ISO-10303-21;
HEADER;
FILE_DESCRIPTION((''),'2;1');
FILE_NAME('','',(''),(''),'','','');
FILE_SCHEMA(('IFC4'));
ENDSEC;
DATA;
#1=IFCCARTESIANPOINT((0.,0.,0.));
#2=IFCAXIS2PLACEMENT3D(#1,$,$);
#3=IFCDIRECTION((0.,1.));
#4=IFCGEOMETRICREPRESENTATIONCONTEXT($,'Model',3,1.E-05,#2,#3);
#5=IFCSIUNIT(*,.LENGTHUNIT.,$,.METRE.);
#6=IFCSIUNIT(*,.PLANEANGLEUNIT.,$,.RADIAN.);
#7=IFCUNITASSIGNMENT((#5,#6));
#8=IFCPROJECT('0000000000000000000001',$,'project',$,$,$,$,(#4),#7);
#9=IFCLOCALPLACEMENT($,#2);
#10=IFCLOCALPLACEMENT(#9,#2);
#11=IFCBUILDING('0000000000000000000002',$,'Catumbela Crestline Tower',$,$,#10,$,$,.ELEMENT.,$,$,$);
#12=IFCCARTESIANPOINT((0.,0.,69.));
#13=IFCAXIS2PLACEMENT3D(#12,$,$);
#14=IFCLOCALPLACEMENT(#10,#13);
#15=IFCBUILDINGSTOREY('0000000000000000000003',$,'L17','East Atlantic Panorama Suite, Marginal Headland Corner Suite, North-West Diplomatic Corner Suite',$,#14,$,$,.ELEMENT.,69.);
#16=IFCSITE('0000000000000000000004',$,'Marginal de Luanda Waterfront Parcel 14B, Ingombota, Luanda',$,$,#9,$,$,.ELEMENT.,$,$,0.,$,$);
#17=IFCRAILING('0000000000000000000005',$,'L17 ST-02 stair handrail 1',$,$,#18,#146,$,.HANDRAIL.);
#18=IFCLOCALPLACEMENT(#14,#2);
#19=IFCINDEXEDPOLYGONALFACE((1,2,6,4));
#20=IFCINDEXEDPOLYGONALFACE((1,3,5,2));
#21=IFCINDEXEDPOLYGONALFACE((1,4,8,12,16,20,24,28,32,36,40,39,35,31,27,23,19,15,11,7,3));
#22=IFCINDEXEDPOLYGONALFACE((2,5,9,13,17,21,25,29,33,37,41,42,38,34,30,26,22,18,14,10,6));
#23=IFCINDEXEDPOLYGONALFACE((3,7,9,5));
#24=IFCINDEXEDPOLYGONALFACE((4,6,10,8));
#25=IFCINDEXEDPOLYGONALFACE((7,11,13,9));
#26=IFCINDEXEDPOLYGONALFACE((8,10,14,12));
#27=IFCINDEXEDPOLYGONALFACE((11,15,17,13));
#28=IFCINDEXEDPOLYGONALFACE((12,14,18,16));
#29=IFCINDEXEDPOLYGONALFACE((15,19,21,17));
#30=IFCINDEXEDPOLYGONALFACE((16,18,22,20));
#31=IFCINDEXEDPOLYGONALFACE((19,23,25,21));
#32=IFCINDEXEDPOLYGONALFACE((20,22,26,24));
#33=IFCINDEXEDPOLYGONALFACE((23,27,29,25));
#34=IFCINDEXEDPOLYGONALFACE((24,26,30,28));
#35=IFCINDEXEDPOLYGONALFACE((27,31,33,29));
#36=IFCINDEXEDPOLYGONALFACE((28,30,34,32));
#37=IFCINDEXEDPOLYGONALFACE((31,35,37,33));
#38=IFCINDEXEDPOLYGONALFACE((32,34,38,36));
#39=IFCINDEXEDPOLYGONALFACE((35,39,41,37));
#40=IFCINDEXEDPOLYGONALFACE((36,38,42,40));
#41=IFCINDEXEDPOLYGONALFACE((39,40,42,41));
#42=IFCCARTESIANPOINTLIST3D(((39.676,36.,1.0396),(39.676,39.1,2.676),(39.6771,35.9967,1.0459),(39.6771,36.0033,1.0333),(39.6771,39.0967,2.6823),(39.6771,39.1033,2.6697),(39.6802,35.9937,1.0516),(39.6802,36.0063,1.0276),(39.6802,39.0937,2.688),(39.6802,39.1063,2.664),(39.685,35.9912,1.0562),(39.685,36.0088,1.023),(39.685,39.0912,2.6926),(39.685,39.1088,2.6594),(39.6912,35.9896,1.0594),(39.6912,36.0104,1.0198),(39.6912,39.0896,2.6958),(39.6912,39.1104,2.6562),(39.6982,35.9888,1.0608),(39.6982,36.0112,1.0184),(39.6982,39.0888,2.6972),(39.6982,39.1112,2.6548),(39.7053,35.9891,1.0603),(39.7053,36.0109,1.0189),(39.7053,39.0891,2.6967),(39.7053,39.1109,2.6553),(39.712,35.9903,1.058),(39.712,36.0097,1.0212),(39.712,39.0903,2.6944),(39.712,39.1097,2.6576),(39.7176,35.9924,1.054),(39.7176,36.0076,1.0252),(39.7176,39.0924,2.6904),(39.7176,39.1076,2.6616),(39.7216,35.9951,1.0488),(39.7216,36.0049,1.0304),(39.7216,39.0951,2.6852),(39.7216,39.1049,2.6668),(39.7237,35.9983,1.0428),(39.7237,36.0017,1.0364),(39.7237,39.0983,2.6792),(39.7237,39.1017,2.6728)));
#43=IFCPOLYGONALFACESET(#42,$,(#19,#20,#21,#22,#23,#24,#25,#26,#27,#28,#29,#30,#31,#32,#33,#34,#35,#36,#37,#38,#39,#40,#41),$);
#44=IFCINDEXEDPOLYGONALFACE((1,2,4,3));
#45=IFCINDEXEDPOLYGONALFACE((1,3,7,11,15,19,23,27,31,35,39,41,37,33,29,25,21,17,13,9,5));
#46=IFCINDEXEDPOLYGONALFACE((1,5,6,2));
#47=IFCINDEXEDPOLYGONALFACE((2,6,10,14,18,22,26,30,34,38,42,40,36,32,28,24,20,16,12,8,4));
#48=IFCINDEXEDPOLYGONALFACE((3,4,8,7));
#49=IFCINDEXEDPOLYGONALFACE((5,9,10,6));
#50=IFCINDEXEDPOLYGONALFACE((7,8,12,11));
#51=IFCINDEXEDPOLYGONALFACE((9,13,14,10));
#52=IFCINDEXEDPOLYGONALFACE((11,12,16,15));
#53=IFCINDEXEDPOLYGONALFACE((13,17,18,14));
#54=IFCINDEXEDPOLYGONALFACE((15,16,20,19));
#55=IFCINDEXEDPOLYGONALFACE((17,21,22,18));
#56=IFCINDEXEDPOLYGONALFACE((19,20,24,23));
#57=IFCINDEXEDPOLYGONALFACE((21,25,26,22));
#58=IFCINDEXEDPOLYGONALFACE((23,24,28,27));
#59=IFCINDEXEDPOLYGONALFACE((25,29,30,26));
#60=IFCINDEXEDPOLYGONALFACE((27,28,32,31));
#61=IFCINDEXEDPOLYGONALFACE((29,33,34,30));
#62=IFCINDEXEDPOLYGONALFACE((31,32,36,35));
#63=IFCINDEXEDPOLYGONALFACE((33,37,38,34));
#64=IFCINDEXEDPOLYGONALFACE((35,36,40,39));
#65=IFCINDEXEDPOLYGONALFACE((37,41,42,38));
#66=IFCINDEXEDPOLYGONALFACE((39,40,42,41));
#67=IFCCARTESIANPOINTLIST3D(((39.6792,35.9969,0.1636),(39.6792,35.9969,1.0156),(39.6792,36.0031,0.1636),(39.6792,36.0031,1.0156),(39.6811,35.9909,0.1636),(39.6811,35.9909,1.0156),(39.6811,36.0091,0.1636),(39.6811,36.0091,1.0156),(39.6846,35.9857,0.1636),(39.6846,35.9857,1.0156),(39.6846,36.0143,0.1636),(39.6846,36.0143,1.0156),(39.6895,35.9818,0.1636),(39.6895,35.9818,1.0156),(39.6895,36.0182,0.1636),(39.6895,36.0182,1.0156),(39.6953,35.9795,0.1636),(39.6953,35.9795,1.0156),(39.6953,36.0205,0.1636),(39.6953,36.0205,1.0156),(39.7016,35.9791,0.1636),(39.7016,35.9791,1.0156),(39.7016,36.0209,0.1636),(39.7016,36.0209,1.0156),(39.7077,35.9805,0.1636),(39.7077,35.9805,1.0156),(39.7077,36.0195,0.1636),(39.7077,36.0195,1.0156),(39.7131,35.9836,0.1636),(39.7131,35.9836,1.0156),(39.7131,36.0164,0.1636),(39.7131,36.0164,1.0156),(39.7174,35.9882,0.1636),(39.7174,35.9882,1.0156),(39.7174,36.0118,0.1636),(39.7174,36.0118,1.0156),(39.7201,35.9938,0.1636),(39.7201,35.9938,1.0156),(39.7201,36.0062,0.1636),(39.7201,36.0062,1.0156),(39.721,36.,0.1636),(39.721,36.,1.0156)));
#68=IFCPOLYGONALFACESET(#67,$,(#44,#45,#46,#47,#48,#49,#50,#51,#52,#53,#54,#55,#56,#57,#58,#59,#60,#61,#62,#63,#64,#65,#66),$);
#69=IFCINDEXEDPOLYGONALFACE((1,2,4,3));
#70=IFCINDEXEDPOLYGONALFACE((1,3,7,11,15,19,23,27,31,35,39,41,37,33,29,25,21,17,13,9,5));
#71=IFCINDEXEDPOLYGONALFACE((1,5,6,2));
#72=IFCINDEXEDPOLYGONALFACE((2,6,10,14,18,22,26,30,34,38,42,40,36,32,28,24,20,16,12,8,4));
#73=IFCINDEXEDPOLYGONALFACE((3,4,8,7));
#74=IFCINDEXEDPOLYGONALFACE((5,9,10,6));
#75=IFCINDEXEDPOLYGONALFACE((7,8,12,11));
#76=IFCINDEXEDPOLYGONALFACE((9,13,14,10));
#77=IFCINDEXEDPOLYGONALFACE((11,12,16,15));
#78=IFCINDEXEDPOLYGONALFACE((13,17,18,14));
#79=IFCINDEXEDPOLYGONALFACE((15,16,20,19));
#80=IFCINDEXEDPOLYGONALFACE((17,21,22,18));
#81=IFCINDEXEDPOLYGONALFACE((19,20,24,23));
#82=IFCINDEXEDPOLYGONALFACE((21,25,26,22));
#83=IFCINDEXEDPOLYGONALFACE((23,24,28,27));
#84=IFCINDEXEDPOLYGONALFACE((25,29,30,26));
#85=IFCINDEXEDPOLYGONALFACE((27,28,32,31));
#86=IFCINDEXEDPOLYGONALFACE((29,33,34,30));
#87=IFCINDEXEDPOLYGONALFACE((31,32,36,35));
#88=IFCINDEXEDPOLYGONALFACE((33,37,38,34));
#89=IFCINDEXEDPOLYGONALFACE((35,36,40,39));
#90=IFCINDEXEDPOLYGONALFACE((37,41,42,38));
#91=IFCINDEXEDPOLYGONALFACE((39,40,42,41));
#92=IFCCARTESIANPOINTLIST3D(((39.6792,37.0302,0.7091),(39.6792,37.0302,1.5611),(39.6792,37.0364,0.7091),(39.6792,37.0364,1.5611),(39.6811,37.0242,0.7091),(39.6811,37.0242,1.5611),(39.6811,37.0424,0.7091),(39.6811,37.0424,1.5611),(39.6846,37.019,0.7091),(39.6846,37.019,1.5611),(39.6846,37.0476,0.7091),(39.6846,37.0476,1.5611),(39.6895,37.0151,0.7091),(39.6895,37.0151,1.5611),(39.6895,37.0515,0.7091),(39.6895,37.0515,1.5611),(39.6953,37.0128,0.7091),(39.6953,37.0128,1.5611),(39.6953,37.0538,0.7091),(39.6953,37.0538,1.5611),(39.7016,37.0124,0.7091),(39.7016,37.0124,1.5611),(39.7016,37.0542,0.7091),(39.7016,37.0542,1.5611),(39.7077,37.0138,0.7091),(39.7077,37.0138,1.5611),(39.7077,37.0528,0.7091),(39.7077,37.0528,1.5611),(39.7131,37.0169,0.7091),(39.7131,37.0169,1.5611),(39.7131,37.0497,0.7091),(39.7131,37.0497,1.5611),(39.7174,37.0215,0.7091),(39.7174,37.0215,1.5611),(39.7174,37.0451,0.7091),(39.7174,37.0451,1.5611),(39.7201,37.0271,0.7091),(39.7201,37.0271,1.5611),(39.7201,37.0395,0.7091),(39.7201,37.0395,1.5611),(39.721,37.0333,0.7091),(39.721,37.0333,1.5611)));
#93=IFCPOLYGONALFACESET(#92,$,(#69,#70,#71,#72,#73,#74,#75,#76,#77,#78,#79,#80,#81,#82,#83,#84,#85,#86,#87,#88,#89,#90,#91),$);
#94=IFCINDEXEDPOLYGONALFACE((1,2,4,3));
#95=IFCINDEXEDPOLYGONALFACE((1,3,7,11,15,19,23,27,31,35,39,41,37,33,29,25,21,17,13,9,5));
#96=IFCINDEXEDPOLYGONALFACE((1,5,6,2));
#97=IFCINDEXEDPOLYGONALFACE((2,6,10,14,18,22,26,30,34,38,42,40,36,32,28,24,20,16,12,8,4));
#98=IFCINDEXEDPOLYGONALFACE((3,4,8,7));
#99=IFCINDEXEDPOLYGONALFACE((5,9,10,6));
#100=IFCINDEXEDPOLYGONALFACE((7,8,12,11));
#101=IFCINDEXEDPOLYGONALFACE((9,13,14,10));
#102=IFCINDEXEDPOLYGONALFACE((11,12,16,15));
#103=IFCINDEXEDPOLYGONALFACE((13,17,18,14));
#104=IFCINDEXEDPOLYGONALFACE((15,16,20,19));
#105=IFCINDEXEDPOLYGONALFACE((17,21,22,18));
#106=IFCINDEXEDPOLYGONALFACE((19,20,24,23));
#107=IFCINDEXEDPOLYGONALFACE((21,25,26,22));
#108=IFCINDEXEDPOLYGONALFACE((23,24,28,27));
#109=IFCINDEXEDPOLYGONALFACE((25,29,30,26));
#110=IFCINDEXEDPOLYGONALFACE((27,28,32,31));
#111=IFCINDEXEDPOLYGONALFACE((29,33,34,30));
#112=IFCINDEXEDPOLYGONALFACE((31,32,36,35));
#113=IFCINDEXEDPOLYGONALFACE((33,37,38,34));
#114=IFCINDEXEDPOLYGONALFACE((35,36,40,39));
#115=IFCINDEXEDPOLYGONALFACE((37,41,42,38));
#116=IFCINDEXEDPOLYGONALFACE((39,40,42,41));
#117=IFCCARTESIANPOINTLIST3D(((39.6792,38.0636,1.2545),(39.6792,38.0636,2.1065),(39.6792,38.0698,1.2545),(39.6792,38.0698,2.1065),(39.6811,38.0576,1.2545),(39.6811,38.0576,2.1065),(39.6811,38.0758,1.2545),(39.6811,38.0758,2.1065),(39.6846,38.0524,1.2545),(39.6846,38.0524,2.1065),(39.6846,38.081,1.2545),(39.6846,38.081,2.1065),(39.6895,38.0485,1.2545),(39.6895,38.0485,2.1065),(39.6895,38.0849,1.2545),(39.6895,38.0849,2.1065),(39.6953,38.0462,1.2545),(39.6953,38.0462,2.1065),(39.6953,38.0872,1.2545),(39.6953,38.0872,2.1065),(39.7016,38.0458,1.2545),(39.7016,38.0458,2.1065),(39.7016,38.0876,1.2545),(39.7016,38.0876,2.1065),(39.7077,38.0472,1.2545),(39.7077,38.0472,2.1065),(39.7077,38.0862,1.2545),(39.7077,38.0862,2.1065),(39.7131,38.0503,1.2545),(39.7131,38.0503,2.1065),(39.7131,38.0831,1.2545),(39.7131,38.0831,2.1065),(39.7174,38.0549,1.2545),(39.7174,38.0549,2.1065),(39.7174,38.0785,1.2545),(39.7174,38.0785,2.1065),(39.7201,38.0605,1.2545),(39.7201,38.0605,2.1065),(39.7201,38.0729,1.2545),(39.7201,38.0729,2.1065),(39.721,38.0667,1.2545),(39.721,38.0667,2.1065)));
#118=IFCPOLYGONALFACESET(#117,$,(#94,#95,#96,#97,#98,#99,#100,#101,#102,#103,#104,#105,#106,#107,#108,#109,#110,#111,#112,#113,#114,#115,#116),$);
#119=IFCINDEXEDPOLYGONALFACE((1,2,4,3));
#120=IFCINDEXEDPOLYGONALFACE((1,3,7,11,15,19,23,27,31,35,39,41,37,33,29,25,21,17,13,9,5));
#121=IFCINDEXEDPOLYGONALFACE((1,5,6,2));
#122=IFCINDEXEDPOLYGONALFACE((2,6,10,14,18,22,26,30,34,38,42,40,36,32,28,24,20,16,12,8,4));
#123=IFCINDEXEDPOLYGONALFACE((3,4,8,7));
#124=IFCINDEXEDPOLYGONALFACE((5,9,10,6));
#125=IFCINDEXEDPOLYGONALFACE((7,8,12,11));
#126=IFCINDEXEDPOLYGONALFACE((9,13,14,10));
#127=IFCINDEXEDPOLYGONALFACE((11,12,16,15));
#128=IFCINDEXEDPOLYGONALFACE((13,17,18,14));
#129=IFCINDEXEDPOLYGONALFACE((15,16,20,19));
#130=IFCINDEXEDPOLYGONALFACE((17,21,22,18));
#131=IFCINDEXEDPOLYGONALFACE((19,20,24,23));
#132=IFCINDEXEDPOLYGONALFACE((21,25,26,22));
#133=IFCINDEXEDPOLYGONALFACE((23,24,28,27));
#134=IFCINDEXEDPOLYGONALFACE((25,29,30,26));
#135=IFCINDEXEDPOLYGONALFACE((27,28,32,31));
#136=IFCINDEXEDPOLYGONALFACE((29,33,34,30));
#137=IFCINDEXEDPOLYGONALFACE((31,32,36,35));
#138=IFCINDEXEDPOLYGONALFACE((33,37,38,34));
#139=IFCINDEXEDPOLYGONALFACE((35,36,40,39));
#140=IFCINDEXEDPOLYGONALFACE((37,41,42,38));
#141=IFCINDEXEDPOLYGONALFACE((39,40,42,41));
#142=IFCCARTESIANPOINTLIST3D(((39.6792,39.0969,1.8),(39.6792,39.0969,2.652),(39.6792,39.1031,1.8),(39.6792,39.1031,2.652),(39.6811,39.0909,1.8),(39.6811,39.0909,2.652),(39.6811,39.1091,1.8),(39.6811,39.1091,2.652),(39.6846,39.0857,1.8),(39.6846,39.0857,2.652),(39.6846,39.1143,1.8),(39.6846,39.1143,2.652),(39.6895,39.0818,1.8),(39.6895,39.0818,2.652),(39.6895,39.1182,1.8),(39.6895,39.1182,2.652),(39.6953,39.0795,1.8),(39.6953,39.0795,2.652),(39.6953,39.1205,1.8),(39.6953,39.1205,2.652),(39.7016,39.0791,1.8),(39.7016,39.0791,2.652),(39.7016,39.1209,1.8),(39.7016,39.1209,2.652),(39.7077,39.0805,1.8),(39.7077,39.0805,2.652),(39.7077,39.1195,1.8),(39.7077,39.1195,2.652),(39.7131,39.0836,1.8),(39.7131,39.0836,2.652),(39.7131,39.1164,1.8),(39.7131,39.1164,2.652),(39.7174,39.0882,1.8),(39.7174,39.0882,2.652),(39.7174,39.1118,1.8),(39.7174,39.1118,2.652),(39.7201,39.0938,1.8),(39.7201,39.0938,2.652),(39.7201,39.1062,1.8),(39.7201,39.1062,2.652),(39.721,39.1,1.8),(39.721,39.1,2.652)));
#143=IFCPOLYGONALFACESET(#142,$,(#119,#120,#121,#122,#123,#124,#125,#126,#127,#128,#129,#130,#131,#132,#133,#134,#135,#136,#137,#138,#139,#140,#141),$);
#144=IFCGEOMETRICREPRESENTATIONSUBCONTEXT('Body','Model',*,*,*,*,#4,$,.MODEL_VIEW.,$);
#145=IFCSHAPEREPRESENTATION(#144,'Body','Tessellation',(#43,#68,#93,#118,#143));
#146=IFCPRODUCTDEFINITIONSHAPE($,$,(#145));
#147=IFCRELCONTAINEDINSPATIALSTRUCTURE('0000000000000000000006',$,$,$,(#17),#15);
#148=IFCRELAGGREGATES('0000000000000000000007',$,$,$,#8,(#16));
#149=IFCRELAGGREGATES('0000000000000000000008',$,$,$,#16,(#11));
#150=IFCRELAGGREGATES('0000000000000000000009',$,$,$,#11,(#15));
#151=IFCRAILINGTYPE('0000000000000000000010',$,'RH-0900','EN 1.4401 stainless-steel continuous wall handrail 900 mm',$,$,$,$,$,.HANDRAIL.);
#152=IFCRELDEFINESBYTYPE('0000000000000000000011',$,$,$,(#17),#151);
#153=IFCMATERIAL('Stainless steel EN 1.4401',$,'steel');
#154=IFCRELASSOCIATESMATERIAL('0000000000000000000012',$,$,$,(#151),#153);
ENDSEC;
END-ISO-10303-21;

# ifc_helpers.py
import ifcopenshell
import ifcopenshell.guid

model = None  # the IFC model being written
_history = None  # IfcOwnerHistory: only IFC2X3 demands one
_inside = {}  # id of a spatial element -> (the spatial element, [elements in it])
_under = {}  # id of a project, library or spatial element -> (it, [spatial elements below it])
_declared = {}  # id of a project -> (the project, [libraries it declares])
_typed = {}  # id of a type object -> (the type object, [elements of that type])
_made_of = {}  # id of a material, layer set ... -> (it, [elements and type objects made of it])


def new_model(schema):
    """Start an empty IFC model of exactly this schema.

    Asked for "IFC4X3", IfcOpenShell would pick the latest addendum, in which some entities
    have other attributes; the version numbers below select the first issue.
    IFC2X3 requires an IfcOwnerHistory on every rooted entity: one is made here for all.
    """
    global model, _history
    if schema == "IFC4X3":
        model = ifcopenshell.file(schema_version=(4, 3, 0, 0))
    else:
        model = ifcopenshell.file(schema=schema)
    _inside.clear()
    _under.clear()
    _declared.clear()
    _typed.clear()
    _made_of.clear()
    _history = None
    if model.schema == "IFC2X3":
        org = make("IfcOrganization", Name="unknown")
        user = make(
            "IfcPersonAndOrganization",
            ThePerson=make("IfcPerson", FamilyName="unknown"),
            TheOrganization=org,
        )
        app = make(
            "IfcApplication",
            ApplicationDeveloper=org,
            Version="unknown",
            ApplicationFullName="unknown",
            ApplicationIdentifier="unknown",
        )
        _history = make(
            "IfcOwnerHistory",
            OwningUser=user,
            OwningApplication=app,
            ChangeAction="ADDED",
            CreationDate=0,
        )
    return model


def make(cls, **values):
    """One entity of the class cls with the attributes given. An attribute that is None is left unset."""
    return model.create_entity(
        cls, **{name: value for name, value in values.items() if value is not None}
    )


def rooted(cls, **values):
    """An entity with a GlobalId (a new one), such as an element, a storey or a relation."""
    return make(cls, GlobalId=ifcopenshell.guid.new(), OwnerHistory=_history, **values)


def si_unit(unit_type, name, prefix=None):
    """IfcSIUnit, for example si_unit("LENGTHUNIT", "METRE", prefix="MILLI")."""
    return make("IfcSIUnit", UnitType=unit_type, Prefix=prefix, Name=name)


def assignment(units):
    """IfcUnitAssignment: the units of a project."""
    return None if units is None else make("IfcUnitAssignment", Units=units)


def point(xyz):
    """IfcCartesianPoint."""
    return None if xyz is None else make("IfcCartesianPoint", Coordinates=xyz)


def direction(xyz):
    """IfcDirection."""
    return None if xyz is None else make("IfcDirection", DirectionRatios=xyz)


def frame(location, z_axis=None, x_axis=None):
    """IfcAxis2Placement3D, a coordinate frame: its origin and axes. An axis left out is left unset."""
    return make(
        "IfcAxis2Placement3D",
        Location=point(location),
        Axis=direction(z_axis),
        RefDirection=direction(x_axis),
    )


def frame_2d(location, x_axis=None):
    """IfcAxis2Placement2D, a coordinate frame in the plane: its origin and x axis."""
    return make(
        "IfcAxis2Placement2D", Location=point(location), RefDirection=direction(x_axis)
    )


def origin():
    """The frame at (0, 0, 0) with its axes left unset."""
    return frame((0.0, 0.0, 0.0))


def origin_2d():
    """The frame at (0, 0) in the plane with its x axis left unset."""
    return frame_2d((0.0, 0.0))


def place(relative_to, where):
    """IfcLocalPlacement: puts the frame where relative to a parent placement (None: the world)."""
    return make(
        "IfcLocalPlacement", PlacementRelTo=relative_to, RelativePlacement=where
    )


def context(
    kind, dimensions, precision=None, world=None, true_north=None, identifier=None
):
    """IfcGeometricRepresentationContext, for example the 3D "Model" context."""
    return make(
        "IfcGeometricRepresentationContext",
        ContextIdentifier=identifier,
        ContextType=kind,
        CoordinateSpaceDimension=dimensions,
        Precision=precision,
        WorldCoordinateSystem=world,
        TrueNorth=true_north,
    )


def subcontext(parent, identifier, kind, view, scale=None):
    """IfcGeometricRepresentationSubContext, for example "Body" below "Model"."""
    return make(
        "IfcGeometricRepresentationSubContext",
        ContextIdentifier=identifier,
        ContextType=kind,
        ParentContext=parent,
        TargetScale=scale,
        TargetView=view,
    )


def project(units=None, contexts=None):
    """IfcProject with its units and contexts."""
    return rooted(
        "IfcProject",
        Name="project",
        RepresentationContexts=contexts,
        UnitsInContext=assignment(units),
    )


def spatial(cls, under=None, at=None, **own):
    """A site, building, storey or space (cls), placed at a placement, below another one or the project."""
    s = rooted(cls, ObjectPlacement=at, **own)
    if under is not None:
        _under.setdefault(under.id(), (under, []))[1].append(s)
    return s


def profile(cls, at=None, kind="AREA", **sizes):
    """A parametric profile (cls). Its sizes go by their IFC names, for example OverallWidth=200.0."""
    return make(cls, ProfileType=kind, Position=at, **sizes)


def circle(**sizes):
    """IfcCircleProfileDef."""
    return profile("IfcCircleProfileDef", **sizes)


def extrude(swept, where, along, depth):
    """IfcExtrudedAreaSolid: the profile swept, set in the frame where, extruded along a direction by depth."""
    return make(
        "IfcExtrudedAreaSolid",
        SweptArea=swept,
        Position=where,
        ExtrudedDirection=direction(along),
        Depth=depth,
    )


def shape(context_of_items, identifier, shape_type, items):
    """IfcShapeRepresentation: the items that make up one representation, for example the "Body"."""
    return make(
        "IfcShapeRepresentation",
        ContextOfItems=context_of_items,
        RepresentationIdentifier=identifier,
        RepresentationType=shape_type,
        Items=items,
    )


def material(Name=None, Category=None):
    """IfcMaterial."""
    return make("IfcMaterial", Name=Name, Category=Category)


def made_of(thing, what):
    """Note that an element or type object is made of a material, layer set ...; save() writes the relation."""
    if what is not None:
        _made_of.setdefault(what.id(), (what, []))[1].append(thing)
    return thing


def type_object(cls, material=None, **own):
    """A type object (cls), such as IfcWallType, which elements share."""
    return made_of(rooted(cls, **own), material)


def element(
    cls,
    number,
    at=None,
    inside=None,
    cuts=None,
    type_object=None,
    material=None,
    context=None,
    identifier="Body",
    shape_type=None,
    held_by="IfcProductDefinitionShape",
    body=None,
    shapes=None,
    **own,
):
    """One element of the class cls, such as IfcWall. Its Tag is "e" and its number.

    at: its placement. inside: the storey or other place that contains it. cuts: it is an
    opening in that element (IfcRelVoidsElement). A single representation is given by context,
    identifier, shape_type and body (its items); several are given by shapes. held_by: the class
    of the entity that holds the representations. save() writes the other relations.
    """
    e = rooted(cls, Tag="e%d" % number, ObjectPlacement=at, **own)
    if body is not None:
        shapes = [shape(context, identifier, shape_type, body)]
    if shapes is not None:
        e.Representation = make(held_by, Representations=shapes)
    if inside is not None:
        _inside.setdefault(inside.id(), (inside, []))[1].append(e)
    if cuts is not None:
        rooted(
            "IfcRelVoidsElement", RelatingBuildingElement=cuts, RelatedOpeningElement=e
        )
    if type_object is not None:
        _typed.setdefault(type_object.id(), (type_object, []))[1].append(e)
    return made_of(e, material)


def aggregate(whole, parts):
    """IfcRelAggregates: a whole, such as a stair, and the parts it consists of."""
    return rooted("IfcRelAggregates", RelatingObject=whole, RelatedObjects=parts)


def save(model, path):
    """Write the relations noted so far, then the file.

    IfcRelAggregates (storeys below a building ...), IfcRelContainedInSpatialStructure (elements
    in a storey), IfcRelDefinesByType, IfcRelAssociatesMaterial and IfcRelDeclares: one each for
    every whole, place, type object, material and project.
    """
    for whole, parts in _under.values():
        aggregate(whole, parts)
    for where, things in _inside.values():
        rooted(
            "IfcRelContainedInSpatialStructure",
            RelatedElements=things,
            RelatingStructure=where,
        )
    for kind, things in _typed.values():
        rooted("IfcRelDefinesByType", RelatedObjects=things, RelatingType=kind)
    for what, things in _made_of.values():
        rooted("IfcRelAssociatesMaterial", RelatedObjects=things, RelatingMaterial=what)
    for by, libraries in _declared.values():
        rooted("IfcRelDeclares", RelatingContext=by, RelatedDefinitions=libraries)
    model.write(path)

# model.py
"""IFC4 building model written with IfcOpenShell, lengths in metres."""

from ifc_helpers import new_model, si_unit, direction, frame, origin, origin_2d, place, context, subcontext, project, spatial, circle, extrude, material, type_object, element, save


model = new_model("IFC4")

# Units and contexts
model_context = context("Model", 3, precision=1e-05, world=origin(), true_north=direction((0.0, 1.0)))
body_context = subcontext(model_context, "Body", "Model", "MODEL_VIEW")
ifc_project = project(units=[si_unit("LENGTHUNIT", "METRE"), si_unit("PLANEANGLEUNIT", "RADIAN")], contexts=[model_context])

# Site, building, storey
site_placement = place(None, origin())
site = spatial("IfcSite", under=ifc_project, at=site_placement, Name="Marginal de Luanda Waterfront Parcel 14B, Ingombota, Luanda", CompositionType="ELEMENT", RefElevation=0.0)
building_placement = place(site_placement, origin())
building = spatial("IfcBuilding", under=site, at=building_placement, Name="Catumbela Crestline Tower", CompositionType="ELEMENT")
storey_placement = place(building_placement, frame((0.0, 0.0, 69.0)))
storey = spatial("IfcBuildingStorey", under=building, at=storey_placement, Name="L17", Description="East Atlantic Panorama Suite, Marginal Headland Corner Suite, North-West Diplomatic Corner Suite", CompositionType="ELEMENT", Elevation=69.0)

# Shared definitions
ifc_material_1 = material(Name="Stainless steel EN 1.4401", Category="steel")

# Railing
railing_type_1 = type_object("IfcRailingType", Name="RH-0900", Description="EN 1.4401 stainless-steel continuous wall handrail 900 mm", PredefinedType="HANDRAIL", material=ifc_material_1)
railing_1_placement = place(storey_placement, frame((39.7, 36.0, 0.1636)))
element("IfcRailing", 1, at=railing_1_placement, inside=storey, type_object=railing_type_1, Name="L17 ST-02 stair handrail 1", PredefinedType="HANDRAIL", context=body_context, shape_type="SweptSolid", body=[
    extrude(circle(Radius=0.024, at=origin_2d()), frame((0.0, 0.0, 0.876), z_axis=(0.0, 0.884351, 0.466823), x_axis=(-1.0, 0.0, 0.0)), (0.0, 0.0, 1.0), 3.5054),
    extrude(circle(Radius=0.021, at=origin_2d()), origin(), (0.0, 0.0, 1.0), 0.852),
    extrude(circle(Radius=0.021, at=origin_2d()), frame((0.0, 1.0333, 0.5455)), (0.0, 0.0, 1.0), 0.852),
    extrude(circle(Radius=0.021, at=origin_2d()), frame((0.0, 2.0667, 1.0909)), (0.0, 0.0, 1.0), 0.852),
    extrude(circle(Radius=0.021, at=origin_2d()), frame((0.0, 3.1, 1.6364)), (0.0, 0.0, 1.0), 0.852),
])

save(model, "model.ifc")
